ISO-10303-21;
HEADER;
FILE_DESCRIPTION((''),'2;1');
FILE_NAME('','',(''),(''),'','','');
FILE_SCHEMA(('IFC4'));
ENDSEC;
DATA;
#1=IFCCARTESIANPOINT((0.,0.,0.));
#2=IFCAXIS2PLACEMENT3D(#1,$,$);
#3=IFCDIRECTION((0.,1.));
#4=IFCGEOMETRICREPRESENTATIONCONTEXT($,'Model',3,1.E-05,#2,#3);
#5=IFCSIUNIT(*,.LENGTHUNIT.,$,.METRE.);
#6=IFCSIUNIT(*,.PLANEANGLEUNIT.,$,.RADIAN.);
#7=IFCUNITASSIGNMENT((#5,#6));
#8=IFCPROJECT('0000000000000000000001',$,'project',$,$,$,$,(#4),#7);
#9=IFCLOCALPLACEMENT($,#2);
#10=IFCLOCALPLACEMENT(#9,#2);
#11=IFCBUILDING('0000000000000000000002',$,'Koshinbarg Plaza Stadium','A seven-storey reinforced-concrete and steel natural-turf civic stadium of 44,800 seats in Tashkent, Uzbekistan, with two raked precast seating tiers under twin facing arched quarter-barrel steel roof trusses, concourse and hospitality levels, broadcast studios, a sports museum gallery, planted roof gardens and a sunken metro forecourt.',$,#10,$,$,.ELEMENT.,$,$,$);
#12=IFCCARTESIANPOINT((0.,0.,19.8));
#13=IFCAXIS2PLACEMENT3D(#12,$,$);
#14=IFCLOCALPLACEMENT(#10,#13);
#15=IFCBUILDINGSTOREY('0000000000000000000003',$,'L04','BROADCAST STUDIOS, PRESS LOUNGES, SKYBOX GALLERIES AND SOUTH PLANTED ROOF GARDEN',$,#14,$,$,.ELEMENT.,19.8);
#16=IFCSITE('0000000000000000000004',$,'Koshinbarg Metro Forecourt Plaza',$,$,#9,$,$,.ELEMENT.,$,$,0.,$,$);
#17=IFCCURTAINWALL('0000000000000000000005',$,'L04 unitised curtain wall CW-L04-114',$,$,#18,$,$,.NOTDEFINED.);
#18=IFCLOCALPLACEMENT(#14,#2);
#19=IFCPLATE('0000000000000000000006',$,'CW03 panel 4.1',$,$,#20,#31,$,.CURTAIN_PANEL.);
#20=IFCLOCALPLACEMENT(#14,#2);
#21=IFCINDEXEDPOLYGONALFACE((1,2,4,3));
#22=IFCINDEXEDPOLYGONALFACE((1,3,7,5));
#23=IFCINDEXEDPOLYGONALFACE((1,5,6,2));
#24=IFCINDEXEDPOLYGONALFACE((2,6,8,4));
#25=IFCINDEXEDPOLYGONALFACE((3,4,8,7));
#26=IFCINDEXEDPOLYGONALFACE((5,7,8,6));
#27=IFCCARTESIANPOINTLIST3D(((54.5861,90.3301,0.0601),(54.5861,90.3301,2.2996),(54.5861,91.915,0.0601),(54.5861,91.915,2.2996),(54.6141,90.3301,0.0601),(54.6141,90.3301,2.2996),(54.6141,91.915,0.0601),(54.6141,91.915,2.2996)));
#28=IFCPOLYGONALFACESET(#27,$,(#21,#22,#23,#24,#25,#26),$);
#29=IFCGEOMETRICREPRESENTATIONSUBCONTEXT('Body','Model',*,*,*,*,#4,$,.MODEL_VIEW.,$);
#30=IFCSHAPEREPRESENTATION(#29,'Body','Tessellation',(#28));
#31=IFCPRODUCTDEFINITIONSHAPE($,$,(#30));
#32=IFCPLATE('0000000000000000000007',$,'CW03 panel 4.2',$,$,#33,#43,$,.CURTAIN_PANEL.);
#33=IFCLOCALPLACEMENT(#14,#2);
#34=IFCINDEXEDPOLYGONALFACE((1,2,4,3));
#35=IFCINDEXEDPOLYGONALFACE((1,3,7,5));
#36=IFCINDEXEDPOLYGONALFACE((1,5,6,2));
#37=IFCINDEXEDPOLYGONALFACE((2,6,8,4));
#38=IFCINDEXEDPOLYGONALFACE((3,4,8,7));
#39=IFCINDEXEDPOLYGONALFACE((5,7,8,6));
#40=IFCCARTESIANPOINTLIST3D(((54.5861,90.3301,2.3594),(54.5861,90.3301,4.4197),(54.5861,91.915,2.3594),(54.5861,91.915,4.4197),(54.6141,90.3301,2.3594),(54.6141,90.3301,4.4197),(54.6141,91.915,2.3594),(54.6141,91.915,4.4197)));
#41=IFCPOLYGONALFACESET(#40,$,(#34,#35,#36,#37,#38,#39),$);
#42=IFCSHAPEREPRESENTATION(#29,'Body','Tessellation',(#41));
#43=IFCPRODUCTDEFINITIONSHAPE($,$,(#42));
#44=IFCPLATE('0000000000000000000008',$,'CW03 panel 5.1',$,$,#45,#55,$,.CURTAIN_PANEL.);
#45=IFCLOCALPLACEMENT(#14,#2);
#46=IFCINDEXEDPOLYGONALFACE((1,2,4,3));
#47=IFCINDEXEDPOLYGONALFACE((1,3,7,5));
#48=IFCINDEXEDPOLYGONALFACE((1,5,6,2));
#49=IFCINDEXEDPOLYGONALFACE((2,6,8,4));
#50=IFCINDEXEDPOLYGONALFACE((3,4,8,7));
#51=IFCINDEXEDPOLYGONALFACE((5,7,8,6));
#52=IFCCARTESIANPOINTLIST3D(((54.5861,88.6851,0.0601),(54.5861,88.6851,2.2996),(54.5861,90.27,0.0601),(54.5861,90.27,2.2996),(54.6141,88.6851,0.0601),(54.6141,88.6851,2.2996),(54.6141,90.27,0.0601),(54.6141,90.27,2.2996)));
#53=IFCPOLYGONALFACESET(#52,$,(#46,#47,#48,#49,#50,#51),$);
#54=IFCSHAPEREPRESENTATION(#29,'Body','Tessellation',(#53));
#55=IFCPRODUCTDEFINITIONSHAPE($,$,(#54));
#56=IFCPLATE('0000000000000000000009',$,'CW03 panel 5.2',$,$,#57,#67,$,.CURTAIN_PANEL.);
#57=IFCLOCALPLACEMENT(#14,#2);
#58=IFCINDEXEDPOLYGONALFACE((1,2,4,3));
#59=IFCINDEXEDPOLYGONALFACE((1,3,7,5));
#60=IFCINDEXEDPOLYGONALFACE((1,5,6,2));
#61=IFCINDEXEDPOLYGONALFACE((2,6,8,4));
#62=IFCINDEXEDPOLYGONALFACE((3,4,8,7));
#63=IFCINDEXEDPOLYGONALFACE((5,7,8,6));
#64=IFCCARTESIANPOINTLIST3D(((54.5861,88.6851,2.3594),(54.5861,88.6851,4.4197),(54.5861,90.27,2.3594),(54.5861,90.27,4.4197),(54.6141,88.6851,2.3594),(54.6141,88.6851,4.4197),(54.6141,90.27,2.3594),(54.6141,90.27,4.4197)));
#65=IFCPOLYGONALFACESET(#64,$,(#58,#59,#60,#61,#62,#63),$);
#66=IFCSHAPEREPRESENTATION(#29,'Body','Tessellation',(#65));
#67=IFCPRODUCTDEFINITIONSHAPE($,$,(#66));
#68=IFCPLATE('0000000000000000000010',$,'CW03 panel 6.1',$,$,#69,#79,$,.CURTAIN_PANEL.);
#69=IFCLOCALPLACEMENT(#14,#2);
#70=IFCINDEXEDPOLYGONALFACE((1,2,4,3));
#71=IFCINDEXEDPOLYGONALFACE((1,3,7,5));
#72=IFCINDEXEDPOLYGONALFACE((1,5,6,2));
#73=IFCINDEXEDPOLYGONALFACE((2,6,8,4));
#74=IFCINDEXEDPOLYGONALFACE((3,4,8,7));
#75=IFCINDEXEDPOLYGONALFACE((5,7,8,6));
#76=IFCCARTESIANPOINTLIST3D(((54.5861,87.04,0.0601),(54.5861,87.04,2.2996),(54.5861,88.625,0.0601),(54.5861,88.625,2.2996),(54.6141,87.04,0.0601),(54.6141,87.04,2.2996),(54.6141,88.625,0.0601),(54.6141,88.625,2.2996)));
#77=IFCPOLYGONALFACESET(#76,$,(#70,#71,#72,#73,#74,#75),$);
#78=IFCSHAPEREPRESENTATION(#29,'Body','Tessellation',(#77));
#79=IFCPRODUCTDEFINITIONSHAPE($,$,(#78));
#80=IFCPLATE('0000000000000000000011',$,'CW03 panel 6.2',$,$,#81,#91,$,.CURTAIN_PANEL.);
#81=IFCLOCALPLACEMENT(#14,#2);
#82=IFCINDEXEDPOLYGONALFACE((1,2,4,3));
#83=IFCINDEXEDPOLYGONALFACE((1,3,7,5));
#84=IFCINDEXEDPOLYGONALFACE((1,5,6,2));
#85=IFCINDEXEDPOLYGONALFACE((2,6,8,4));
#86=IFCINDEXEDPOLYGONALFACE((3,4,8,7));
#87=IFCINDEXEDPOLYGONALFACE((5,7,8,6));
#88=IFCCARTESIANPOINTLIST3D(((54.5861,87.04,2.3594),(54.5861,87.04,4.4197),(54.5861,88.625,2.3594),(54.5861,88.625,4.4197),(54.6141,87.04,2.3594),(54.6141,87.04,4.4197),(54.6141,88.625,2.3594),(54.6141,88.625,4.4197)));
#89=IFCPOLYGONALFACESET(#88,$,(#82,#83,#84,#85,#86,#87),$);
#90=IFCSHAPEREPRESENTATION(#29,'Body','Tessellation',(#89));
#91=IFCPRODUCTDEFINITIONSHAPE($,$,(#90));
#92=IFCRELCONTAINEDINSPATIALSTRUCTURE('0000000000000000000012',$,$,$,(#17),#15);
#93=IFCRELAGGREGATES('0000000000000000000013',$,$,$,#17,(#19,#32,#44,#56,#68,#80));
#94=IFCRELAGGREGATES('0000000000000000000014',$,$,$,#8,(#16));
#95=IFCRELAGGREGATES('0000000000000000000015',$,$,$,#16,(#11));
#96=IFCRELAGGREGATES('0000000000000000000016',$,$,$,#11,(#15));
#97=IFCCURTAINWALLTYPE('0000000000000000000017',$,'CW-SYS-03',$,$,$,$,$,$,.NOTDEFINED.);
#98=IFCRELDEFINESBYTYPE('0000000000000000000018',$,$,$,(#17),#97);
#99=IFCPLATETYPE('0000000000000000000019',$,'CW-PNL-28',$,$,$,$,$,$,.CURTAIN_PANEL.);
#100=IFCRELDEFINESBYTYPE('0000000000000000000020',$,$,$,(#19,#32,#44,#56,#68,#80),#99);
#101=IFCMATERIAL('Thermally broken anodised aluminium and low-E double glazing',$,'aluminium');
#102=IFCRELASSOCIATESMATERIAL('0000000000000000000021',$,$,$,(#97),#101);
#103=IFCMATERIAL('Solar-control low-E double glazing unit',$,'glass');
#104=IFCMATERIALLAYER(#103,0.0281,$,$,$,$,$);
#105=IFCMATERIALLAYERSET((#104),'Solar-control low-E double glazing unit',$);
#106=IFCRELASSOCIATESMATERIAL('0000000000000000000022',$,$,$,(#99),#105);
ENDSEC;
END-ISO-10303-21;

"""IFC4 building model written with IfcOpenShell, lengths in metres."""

from ifc_helpers import new_model, si_unit, direction, frame, origin, origin_2d, place, context, subcontext, project, spatial, rectangle, extrude, material, layer, layer_set, type_object, element, aggregate, save


model = new_model("IFC4")

# Units and contexts
model_context = context("Model", 3, precision=1e-05, world=origin(), true_north=direction((0.0, 1.0)))
body_context = subcontext(model_context, "Body", "Model", "MODEL_VIEW")
ifc_project = project(units=[si_unit("LENGTHUNIT", "METRE"), si_unit("PLANEANGLEUNIT", "RADIAN")], contexts=[model_context])

# Site, building, storey
site_placement = place(None, origin())
site = spatial("IfcSite", under=ifc_project, at=site_placement, Name="Koshinbarg Metro Forecourt Plaza", CompositionType="ELEMENT", RefElevation=0.0)
building_placement = place(site_placement, origin())
building = spatial("IfcBuilding", under=site, at=building_placement, Name="Koshinbarg Plaza Stadium", Description="A seven-storey reinforced-concrete and steel natural-turf civic stadium of 44,800 seats in Tashkent, Uzbekistan, with two raked precast seating tiers under twin facing arched quarter-barrel steel roof trusses, concourse and hospitality levels, broadcast studios, a sports museum gallery, planted roof gardens and a sunken metro forecourt.", CompositionType="ELEMENT")
storey_placement = place(building_placement, frame((0.0, 0.0, 19.8)))
storey = spatial("IfcBuildingStorey", under=building, at=storey_placement, Name="L04", Description="BROADCAST STUDIOS, PRESS LOUNGES, SKYBOX GALLERIES AND SOUTH PLANTED ROOF GARDEN", CompositionType="ELEMENT", Elevation=19.8)

# Curtain wall, plates
ifc_material_1 = material(Name="Thermally broken anodised aluminium and low-E double glazing", Category="aluminium")
curtain_wall_type = type_object("IfcCurtainWallType", Name="CW-SYS-03", PredefinedType="NOTDEFINED", material=ifc_material_1)
curtain_wall_placement = place(storey_placement, origin())
curtain_wall = element("IfcCurtainWall", 1, at=curtain_wall_placement, inside=storey, type_object=curtain_wall_type, Name="L04 unitised curtain wall CW-L04-114", PredefinedType="NOTDEFINED")
ifc_material_2 = material(Name="Solar-control low-E double glazing unit", Category="glass")
ifc_layer = layer(ifc_material_2, 0.0281)
ifc_layer_set = layer_set([ifc_layer], Name="Solar-control low-E double glazing unit")
plate_type = type_object("IfcPlateType", Name="CW-PNL-28", PredefinedType="CURTAIN_PANEL", material=ifc_layer_set)
plate_1_placement = place(storey_placement, frame((54.6001, 91.1226, 0.0601), z_axis=(0.0, 0.0, 1.0), x_axis=(0.0, -1.0, 0.0)))
plate_1 = element("IfcPlate", 2, at=plate_1_placement, type_object=plate_type, Name="CW03 panel 4.1", PredefinedType="CURTAIN_PANEL", context=body_context, shape_type="SweptSolid", body=[
    extrude(rectangle(XDim=1.585, YDim=0.0281, at=origin_2d()), origin(), (0.0, 0.0, 1.0), 2.2395),
])
plate_2_placement = place(storey_placement, frame((54.6001, 91.1226, 2.3594), z_axis=(0.0, 0.0, 1.0), x_axis=(0.0, -1.0, 0.0)))
plate_2 = element("IfcPlate", 3, at=plate_2_placement, type_object=plate_type, Name="CW03 panel 4.2", PredefinedType="CURTAIN_PANEL", context=body_context, shape_type="SweptSolid", body=[
    extrude(rectangle(XDim=1.585, YDim=0.0281, at=origin_2d()), origin(), (0.0, 0.0, 1.0), 2.0603),
])
plate_3_placement = place(storey_placement, frame((54.6001, 89.4775, 0.0601), z_axis=(0.0, 0.0, 1.0), x_axis=(0.0, -1.0, 0.0)))
plate_3 = element("IfcPlate", 4, at=plate_3_placement, type_object=plate_type, Name="CW03 panel 5.1", PredefinedType="CURTAIN_PANEL", context=body_context, shape_type="SweptSolid", body=[
    extrude(rectangle(XDim=1.585, YDim=0.0281, at=origin_2d()), origin(), (0.0, 0.0, 1.0), 2.2395),
])
plate_4_placement = place(storey_placement, frame((54.6001, 89.4775, 2.3594), z_axis=(0.0, 0.0, 1.0), x_axis=(0.0, -1.0, 0.0)))
plate_4 = element("IfcPlate", 5, at=plate_4_placement, type_object=plate_type, Name="CW03 panel 5.2", PredefinedType="CURTAIN_PANEL", context=body_context, shape_type="SweptSolid", body=[
    extrude(rectangle(XDim=1.585, YDim=0.0281, at=origin_2d()), origin(), (0.0, 0.0, 1.0), 2.0603),
])
plate_5_placement = place(storey_placement, frame((54.6001, 87.8325, 0.0601), z_axis=(0.0, 0.0, 1.0), x_axis=(0.0, -1.0, 0.0)))
plate_5 = element("IfcPlate", 6, at=plate_5_placement, type_object=plate_type, Name="CW03 panel 6.1", PredefinedType="CURTAIN_PANEL", context=body_context, shape_type="SweptSolid", body=[
    extrude(rectangle(XDim=1.585, YDim=0.0281, at=origin_2d()), origin(), (0.0, 0.0, 1.0), 2.2395),
])
plate_6_placement = place(storey_placement, frame((54.6001, 87.8325, 2.3594), z_axis=(0.0, 0.0, 1.0), x_axis=(0.0, -1.0, 0.0)))
plate_6 = element("IfcPlate", 7, at=plate_6_placement, type_object=plate_type, Name="CW03 panel 6.2", PredefinedType="CURTAIN_PANEL", context=body_context, shape_type="SweptSolid", body=[
    extrude(rectangle(XDim=1.585, YDim=0.0281, at=origin_2d()), origin(), (0.0, 0.0, 1.0), 2.0603),
])
aggregate(curtain_wall, [plate_1, plate_2, plate_3, plate_4, plate_5, plate_6])

save(model, "model.ifc")
